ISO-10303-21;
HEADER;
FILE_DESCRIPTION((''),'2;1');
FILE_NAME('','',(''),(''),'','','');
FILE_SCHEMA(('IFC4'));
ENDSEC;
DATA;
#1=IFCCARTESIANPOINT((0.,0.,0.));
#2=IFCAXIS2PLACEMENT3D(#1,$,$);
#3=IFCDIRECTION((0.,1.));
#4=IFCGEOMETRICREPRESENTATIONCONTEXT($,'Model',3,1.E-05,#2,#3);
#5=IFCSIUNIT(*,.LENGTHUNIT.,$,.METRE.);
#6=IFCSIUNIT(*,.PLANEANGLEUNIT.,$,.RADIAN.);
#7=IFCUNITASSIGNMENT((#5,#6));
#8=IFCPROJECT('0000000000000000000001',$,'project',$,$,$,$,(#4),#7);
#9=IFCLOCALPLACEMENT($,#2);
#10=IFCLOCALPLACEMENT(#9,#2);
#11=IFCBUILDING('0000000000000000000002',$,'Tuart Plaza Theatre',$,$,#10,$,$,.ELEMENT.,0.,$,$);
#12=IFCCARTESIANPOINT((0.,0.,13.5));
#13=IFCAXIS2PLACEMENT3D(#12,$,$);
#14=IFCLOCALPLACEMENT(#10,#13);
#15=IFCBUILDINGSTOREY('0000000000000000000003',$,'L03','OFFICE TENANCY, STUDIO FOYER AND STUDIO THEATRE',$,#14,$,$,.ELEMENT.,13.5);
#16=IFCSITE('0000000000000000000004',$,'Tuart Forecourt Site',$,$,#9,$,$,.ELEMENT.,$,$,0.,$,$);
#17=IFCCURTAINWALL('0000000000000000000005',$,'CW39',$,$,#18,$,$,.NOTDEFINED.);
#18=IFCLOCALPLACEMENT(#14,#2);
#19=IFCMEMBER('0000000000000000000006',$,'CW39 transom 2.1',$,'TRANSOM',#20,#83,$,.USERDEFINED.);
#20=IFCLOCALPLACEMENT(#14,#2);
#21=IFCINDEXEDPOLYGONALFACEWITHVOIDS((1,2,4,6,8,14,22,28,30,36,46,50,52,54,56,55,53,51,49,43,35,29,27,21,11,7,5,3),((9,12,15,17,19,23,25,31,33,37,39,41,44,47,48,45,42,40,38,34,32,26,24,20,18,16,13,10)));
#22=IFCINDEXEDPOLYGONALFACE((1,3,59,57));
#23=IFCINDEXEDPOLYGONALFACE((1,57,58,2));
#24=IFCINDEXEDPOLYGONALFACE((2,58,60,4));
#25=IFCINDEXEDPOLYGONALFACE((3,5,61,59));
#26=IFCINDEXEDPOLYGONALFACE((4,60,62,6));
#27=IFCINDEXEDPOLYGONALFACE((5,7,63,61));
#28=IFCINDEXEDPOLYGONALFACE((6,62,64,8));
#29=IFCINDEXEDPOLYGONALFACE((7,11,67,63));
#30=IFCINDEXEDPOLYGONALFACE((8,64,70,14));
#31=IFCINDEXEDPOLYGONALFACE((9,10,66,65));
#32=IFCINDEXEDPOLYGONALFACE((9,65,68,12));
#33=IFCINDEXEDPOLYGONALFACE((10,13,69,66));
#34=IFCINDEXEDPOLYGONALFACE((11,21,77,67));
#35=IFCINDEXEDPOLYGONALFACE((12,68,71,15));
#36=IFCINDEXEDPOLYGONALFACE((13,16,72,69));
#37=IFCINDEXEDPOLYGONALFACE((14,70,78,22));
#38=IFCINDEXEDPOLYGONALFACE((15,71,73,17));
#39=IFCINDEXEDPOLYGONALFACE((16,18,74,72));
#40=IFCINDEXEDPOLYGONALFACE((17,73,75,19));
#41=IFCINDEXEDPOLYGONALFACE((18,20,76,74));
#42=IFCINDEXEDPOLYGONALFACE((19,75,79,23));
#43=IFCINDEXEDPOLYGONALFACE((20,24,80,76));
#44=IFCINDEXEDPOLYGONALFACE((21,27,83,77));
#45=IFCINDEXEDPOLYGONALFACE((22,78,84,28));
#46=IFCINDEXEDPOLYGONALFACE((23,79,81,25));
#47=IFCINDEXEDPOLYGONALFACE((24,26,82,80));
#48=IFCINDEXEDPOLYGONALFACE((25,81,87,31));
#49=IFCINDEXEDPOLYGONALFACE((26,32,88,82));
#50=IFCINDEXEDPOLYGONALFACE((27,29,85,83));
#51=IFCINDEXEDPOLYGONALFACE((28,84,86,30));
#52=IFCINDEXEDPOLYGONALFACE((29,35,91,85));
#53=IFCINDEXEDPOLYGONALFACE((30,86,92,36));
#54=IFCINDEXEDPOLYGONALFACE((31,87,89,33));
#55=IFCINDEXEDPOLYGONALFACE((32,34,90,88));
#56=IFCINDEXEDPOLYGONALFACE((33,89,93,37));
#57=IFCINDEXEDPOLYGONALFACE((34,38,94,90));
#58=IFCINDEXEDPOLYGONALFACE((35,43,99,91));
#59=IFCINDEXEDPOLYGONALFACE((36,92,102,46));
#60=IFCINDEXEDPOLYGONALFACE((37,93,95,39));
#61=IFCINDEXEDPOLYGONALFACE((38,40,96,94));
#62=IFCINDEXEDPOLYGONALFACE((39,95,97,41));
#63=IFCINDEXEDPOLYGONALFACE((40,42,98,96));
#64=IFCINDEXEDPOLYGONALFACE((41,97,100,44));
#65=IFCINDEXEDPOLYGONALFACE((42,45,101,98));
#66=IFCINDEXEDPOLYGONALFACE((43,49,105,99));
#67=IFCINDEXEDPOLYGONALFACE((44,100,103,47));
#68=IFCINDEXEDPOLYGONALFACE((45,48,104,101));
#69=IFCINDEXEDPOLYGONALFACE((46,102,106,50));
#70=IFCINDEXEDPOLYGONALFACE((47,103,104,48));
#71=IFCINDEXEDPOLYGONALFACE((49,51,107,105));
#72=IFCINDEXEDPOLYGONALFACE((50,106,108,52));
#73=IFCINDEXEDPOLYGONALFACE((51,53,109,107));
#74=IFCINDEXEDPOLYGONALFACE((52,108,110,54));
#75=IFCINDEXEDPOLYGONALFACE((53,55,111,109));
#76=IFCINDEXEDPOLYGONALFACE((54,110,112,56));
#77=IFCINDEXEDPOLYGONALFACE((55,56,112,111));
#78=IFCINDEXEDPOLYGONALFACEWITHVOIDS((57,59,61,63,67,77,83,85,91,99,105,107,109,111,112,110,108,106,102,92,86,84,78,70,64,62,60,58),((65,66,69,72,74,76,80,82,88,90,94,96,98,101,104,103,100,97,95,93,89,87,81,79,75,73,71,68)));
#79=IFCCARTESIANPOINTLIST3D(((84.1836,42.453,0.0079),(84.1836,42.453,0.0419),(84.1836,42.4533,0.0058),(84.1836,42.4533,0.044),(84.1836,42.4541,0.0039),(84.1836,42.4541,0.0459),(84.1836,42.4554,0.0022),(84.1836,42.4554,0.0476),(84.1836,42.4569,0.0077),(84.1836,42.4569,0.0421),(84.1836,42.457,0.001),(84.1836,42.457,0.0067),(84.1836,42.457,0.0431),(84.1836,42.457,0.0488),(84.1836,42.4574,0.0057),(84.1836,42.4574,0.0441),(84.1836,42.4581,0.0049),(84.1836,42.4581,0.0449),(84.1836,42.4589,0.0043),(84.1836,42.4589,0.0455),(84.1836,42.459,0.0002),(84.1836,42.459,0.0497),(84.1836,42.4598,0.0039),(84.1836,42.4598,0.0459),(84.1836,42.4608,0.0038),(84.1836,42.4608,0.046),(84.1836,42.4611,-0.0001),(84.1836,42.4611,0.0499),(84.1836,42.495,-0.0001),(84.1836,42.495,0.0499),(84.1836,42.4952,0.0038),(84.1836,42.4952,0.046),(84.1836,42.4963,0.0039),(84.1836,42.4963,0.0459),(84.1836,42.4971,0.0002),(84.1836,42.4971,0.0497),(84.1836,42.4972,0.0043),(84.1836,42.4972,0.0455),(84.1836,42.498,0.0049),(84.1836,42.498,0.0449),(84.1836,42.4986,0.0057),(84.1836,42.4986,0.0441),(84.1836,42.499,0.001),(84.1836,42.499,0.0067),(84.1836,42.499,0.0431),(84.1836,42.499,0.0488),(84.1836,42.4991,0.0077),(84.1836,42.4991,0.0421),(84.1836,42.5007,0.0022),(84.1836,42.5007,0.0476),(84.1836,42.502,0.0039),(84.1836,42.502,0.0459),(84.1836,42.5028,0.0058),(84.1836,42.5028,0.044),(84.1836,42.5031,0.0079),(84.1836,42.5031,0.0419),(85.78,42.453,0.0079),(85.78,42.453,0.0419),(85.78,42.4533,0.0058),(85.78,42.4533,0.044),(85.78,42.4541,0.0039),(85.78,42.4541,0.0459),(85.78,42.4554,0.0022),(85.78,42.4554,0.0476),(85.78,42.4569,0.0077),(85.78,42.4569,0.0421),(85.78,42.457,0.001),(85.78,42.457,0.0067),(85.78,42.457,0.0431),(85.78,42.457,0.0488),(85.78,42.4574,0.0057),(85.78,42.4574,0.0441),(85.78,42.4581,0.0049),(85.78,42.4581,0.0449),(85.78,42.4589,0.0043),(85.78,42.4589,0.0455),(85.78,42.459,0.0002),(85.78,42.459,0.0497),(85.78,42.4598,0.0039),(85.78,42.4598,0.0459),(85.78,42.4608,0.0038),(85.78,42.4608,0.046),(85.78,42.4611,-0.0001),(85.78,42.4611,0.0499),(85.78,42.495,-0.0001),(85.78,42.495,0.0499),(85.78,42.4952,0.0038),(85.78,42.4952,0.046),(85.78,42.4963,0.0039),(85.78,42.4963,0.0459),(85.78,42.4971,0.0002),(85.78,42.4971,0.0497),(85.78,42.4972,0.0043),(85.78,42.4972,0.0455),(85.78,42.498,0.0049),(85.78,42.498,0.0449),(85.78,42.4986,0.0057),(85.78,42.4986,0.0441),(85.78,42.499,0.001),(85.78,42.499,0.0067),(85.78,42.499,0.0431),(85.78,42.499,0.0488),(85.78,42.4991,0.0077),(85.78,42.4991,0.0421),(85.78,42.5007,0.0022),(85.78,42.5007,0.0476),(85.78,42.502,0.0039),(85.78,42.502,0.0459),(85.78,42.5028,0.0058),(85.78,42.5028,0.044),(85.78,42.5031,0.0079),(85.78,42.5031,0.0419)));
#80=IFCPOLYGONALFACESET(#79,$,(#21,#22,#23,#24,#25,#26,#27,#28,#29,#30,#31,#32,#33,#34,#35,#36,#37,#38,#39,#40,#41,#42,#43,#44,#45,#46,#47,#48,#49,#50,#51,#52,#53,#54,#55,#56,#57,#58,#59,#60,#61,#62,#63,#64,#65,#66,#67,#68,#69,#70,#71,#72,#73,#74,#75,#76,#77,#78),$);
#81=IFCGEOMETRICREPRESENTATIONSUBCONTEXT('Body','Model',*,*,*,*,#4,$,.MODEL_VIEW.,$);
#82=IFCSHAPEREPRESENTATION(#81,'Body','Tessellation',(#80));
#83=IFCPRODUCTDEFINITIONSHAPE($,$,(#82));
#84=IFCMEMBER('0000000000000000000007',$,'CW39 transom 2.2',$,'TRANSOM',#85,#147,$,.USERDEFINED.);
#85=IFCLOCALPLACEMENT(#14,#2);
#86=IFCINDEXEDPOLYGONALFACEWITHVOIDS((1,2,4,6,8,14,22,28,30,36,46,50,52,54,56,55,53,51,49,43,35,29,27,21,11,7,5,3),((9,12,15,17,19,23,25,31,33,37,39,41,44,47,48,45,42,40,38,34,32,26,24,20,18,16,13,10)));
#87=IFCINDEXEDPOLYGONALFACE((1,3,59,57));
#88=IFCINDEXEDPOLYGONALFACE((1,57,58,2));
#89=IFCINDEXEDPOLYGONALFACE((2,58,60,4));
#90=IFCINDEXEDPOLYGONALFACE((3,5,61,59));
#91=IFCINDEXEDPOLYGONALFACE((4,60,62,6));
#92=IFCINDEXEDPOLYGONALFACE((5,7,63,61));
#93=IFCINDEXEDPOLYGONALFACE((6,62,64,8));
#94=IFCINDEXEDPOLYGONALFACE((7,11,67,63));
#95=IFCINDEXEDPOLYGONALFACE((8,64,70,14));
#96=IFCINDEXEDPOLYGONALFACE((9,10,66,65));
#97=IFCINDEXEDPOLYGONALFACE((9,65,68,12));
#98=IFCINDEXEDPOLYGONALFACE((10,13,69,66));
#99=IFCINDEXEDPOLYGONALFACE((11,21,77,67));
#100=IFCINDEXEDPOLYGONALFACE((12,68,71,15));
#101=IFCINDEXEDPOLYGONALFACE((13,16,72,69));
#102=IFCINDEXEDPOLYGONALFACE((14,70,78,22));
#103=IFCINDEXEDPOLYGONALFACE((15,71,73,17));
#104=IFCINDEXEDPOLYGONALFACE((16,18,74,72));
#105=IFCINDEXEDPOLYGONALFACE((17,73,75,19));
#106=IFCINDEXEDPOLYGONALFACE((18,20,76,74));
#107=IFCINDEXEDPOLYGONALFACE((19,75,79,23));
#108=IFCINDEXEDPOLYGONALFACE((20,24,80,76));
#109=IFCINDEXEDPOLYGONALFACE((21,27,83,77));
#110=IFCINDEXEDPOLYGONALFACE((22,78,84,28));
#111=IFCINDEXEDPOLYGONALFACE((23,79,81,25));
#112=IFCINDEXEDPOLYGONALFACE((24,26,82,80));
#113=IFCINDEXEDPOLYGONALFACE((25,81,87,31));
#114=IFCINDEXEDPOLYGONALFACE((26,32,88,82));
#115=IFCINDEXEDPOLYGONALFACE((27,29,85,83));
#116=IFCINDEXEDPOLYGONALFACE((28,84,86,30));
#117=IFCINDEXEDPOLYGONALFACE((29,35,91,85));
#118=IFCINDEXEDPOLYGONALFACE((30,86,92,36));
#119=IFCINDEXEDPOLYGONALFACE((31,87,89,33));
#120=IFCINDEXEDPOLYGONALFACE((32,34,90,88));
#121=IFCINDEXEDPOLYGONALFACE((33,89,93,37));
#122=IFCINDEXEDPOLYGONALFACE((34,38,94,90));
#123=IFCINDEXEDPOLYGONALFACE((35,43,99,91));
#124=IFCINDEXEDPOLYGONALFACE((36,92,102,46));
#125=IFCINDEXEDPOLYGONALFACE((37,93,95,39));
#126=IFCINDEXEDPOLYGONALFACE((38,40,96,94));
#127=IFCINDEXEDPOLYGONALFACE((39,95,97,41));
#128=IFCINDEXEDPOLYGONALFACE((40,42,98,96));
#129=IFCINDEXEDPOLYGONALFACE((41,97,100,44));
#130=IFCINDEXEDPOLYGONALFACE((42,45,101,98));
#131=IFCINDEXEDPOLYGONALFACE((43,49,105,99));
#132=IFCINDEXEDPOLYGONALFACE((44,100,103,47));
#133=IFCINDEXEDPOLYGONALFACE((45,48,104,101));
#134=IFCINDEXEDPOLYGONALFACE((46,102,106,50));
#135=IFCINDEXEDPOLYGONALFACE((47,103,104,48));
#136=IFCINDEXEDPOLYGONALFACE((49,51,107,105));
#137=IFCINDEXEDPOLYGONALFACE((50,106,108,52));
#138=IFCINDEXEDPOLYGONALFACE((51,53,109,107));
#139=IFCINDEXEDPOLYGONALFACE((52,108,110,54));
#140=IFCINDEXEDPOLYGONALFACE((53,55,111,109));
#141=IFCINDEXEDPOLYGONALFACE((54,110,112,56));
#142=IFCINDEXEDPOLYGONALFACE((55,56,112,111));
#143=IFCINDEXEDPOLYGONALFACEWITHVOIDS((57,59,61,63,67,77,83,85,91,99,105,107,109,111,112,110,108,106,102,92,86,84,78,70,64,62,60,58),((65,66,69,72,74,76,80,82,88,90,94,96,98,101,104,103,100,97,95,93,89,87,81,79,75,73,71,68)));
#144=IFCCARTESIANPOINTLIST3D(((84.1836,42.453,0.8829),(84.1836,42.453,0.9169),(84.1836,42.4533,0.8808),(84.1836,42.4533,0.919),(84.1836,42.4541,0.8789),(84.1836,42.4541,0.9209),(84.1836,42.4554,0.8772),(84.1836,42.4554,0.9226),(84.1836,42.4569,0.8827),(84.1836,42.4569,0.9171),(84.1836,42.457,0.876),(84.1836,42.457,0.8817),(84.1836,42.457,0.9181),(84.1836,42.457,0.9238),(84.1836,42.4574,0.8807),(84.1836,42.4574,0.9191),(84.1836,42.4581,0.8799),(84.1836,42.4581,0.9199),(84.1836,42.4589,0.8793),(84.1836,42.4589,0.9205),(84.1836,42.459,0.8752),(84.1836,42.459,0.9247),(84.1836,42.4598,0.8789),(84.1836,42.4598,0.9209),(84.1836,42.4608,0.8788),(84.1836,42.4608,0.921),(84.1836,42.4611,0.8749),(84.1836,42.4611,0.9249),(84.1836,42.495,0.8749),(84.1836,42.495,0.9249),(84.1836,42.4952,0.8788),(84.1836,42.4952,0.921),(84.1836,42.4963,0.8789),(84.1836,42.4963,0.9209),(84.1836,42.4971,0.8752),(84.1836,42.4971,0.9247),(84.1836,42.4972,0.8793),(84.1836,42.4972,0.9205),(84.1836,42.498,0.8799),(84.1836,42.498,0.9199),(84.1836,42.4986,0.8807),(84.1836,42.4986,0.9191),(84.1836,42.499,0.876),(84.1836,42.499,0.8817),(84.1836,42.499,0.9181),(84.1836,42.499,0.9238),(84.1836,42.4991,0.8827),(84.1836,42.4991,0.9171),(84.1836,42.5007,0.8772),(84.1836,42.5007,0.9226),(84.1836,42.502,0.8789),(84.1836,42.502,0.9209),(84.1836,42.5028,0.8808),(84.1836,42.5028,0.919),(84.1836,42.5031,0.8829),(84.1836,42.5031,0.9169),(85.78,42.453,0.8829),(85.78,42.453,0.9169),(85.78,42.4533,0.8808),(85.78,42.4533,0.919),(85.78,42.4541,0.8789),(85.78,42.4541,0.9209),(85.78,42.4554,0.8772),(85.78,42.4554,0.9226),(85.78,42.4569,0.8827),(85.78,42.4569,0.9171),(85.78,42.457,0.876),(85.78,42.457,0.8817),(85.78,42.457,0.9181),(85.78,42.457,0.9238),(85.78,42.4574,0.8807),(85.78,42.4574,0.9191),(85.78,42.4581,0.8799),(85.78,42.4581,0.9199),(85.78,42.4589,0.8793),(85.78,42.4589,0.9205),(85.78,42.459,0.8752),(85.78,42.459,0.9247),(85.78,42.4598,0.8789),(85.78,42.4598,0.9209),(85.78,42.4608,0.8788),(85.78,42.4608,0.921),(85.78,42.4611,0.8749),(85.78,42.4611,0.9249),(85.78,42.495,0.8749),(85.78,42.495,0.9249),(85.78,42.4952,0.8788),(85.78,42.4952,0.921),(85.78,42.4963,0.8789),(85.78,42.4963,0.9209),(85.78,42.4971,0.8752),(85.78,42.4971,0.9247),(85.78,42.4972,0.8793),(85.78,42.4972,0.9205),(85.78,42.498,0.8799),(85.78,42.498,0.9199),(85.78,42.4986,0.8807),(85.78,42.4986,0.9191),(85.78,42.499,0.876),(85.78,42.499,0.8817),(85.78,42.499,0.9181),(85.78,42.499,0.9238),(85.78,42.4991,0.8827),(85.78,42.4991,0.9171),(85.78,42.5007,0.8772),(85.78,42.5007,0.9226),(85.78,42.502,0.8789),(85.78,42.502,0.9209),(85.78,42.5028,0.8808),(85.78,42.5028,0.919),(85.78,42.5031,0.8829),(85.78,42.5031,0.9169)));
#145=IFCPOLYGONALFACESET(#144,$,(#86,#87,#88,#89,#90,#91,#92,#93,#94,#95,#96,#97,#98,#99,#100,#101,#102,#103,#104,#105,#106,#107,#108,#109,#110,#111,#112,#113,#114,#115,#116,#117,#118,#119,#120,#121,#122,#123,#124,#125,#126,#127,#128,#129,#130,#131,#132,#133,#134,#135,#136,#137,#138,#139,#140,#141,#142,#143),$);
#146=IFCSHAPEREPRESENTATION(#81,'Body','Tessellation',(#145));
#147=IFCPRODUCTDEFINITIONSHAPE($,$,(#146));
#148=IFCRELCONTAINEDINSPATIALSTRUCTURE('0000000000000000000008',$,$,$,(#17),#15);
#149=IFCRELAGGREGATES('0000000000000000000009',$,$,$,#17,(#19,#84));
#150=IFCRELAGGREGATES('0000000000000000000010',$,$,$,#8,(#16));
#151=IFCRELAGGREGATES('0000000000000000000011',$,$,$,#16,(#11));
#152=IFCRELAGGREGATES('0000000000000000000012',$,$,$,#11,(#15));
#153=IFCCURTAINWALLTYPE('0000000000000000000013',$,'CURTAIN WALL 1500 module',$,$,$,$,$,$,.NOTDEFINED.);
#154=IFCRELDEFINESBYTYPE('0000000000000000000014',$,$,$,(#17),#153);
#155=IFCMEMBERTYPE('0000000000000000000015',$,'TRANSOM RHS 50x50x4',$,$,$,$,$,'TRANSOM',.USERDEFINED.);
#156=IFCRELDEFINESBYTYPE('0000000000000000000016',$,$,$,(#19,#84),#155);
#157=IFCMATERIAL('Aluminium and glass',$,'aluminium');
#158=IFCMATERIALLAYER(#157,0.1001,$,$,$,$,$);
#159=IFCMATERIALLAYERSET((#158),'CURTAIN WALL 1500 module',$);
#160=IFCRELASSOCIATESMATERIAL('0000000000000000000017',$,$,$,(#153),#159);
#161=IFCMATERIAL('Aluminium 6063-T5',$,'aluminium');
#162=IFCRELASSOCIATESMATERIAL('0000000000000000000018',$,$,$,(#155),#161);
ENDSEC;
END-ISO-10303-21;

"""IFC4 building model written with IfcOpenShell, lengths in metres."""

from ifc_helpers import new_model, si_unit, direction, frame, origin, origin_2d, place, context, subcontext, project, spatial, hollow_rectangle, extrude, material, layer, layer_set, material_profile, profile_set, type_object, element, aggregate, save


model = new_model("IFC4")

# Units and contexts
model_context = context("Model", 3, precision=1e-05, world=origin(), true_north=direction((0.0, 1.0)))
body_context = subcontext(model_context, "Body", "Model", "MODEL_VIEW")
ifc_project = project(units=[si_unit("LENGTHUNIT", "METRE"), si_unit("PLANEANGLEUNIT", "RADIAN")], contexts=[model_context])

# Site, building, storey
site_placement = place(None, origin())
site = spatial("IfcSite", under=ifc_project, at=site_placement, Name="Tuart Forecourt Site", CompositionType="ELEMENT", RefElevation=0.0)
building_placement = place(site_placement, origin())
building = spatial("IfcBuilding", under=site, at=building_placement, Name="Tuart Plaza Theatre", CompositionType="ELEMENT", ElevationOfRefHeight=0.0)
storey_placement = place(building_placement, frame((0.0, 0.0, 13.5)))
storey = spatial("IfcBuildingStorey", under=building, at=storey_placement, Name="L03", Description="OFFICE TENANCY, STUDIO FOYER AND STUDIO THEATRE", CompositionType="ELEMENT", Elevation=13.5)

# Curtain wall, members
ifc_material_1 = material(Name="Aluminium and glass", Category="aluminium")
ifc_layer_1 = layer(ifc_material_1, 0.1001)
ifc_layer_set_1 = layer_set([ifc_layer_1], Name="CURTAIN WALL 1500 module")
curtain_wall_type = type_object("IfcCurtainWallType", Name="CURTAIN WALL 1500 module", PredefinedType="NOTDEFINED", material=ifc_layer_set_1)
curtain_wall_placement = place(storey_placement, origin())
curtain_wall = element("IfcCurtainWall", 1, at=curtain_wall_placement, inside=storey, type_object=curtain_wall_type, Name="CW39", PredefinedType="NOTDEFINED")
ifc_material_2 = material(Name="Aluminium 6063-T5", Category="aluminium")
ifc_material_profile_1 = material_profile(ifc_material_2, hollow_rectangle(XDim=0.05, YDim=0.05, WallThickness=0.0039, InnerFilletRadius=0.0039, OuterFilletRadius=0.0081, at=origin_2d()), Name="RHS 50x50x4")
ifc_profile_set_1 = profile_set([ifc_material_profile_1], Name="Aluminium 6063-T5")
member_type_1 = type_object("IfcMemberType", Name="TRANSOM RHS 50x50x4", ElementType="TRANSOM", PredefinedType="USERDEFINED", material=ifc_profile_set_1)
member_1_placement = place(storey_placement, frame((84.1836, 42.478, 0.0249), z_axis=(1.0, 0.0, 0.0), x_axis=(0.0, 1.0, 0.0)))
member_1 = element("IfcMember", 2, at=member_1_placement, type_object=member_type_1, Name="CW39 transom 2.1", ObjectType="TRANSOM", PredefinedType="USERDEFINED", context=body_context, shape_type="SweptSolid", body=[
    extrude(hollow_rectangle(XDim=0.05, YDim=0.05, WallThickness=0.0039, InnerFilletRadius=0.0039, OuterFilletRadius=0.0081, at=origin_2d()), origin(), (0.0, 0.0, 1.0), 1.5964),
])
member_2_placement = place(storey_placement, frame((84.1836, 42.478, 0.8999), z_axis=(1.0, 0.0, 0.0), x_axis=(0.0, 1.0, 0.0)))
member_2 = element("IfcMember", 3, at=member_2_placement, type_object=member_type_1, Name="CW39 transom 2.2", ObjectType="TRANSOM", PredefinedType="USERDEFINED", context=body_context, shape_type="SweptSolid", body=[
    extrude(hollow_rectangle(XDim=0.05, YDim=0.05, WallThickness=0.0039, InnerFilletRadius=0.0039, OuterFilletRadius=0.0081, at=origin_2d()), origin(), (0.0, 0.0, 1.0), 1.5964),
])
aggregate(curtain_wall, [member_1, member_2])

save(model, "model.ifc")
